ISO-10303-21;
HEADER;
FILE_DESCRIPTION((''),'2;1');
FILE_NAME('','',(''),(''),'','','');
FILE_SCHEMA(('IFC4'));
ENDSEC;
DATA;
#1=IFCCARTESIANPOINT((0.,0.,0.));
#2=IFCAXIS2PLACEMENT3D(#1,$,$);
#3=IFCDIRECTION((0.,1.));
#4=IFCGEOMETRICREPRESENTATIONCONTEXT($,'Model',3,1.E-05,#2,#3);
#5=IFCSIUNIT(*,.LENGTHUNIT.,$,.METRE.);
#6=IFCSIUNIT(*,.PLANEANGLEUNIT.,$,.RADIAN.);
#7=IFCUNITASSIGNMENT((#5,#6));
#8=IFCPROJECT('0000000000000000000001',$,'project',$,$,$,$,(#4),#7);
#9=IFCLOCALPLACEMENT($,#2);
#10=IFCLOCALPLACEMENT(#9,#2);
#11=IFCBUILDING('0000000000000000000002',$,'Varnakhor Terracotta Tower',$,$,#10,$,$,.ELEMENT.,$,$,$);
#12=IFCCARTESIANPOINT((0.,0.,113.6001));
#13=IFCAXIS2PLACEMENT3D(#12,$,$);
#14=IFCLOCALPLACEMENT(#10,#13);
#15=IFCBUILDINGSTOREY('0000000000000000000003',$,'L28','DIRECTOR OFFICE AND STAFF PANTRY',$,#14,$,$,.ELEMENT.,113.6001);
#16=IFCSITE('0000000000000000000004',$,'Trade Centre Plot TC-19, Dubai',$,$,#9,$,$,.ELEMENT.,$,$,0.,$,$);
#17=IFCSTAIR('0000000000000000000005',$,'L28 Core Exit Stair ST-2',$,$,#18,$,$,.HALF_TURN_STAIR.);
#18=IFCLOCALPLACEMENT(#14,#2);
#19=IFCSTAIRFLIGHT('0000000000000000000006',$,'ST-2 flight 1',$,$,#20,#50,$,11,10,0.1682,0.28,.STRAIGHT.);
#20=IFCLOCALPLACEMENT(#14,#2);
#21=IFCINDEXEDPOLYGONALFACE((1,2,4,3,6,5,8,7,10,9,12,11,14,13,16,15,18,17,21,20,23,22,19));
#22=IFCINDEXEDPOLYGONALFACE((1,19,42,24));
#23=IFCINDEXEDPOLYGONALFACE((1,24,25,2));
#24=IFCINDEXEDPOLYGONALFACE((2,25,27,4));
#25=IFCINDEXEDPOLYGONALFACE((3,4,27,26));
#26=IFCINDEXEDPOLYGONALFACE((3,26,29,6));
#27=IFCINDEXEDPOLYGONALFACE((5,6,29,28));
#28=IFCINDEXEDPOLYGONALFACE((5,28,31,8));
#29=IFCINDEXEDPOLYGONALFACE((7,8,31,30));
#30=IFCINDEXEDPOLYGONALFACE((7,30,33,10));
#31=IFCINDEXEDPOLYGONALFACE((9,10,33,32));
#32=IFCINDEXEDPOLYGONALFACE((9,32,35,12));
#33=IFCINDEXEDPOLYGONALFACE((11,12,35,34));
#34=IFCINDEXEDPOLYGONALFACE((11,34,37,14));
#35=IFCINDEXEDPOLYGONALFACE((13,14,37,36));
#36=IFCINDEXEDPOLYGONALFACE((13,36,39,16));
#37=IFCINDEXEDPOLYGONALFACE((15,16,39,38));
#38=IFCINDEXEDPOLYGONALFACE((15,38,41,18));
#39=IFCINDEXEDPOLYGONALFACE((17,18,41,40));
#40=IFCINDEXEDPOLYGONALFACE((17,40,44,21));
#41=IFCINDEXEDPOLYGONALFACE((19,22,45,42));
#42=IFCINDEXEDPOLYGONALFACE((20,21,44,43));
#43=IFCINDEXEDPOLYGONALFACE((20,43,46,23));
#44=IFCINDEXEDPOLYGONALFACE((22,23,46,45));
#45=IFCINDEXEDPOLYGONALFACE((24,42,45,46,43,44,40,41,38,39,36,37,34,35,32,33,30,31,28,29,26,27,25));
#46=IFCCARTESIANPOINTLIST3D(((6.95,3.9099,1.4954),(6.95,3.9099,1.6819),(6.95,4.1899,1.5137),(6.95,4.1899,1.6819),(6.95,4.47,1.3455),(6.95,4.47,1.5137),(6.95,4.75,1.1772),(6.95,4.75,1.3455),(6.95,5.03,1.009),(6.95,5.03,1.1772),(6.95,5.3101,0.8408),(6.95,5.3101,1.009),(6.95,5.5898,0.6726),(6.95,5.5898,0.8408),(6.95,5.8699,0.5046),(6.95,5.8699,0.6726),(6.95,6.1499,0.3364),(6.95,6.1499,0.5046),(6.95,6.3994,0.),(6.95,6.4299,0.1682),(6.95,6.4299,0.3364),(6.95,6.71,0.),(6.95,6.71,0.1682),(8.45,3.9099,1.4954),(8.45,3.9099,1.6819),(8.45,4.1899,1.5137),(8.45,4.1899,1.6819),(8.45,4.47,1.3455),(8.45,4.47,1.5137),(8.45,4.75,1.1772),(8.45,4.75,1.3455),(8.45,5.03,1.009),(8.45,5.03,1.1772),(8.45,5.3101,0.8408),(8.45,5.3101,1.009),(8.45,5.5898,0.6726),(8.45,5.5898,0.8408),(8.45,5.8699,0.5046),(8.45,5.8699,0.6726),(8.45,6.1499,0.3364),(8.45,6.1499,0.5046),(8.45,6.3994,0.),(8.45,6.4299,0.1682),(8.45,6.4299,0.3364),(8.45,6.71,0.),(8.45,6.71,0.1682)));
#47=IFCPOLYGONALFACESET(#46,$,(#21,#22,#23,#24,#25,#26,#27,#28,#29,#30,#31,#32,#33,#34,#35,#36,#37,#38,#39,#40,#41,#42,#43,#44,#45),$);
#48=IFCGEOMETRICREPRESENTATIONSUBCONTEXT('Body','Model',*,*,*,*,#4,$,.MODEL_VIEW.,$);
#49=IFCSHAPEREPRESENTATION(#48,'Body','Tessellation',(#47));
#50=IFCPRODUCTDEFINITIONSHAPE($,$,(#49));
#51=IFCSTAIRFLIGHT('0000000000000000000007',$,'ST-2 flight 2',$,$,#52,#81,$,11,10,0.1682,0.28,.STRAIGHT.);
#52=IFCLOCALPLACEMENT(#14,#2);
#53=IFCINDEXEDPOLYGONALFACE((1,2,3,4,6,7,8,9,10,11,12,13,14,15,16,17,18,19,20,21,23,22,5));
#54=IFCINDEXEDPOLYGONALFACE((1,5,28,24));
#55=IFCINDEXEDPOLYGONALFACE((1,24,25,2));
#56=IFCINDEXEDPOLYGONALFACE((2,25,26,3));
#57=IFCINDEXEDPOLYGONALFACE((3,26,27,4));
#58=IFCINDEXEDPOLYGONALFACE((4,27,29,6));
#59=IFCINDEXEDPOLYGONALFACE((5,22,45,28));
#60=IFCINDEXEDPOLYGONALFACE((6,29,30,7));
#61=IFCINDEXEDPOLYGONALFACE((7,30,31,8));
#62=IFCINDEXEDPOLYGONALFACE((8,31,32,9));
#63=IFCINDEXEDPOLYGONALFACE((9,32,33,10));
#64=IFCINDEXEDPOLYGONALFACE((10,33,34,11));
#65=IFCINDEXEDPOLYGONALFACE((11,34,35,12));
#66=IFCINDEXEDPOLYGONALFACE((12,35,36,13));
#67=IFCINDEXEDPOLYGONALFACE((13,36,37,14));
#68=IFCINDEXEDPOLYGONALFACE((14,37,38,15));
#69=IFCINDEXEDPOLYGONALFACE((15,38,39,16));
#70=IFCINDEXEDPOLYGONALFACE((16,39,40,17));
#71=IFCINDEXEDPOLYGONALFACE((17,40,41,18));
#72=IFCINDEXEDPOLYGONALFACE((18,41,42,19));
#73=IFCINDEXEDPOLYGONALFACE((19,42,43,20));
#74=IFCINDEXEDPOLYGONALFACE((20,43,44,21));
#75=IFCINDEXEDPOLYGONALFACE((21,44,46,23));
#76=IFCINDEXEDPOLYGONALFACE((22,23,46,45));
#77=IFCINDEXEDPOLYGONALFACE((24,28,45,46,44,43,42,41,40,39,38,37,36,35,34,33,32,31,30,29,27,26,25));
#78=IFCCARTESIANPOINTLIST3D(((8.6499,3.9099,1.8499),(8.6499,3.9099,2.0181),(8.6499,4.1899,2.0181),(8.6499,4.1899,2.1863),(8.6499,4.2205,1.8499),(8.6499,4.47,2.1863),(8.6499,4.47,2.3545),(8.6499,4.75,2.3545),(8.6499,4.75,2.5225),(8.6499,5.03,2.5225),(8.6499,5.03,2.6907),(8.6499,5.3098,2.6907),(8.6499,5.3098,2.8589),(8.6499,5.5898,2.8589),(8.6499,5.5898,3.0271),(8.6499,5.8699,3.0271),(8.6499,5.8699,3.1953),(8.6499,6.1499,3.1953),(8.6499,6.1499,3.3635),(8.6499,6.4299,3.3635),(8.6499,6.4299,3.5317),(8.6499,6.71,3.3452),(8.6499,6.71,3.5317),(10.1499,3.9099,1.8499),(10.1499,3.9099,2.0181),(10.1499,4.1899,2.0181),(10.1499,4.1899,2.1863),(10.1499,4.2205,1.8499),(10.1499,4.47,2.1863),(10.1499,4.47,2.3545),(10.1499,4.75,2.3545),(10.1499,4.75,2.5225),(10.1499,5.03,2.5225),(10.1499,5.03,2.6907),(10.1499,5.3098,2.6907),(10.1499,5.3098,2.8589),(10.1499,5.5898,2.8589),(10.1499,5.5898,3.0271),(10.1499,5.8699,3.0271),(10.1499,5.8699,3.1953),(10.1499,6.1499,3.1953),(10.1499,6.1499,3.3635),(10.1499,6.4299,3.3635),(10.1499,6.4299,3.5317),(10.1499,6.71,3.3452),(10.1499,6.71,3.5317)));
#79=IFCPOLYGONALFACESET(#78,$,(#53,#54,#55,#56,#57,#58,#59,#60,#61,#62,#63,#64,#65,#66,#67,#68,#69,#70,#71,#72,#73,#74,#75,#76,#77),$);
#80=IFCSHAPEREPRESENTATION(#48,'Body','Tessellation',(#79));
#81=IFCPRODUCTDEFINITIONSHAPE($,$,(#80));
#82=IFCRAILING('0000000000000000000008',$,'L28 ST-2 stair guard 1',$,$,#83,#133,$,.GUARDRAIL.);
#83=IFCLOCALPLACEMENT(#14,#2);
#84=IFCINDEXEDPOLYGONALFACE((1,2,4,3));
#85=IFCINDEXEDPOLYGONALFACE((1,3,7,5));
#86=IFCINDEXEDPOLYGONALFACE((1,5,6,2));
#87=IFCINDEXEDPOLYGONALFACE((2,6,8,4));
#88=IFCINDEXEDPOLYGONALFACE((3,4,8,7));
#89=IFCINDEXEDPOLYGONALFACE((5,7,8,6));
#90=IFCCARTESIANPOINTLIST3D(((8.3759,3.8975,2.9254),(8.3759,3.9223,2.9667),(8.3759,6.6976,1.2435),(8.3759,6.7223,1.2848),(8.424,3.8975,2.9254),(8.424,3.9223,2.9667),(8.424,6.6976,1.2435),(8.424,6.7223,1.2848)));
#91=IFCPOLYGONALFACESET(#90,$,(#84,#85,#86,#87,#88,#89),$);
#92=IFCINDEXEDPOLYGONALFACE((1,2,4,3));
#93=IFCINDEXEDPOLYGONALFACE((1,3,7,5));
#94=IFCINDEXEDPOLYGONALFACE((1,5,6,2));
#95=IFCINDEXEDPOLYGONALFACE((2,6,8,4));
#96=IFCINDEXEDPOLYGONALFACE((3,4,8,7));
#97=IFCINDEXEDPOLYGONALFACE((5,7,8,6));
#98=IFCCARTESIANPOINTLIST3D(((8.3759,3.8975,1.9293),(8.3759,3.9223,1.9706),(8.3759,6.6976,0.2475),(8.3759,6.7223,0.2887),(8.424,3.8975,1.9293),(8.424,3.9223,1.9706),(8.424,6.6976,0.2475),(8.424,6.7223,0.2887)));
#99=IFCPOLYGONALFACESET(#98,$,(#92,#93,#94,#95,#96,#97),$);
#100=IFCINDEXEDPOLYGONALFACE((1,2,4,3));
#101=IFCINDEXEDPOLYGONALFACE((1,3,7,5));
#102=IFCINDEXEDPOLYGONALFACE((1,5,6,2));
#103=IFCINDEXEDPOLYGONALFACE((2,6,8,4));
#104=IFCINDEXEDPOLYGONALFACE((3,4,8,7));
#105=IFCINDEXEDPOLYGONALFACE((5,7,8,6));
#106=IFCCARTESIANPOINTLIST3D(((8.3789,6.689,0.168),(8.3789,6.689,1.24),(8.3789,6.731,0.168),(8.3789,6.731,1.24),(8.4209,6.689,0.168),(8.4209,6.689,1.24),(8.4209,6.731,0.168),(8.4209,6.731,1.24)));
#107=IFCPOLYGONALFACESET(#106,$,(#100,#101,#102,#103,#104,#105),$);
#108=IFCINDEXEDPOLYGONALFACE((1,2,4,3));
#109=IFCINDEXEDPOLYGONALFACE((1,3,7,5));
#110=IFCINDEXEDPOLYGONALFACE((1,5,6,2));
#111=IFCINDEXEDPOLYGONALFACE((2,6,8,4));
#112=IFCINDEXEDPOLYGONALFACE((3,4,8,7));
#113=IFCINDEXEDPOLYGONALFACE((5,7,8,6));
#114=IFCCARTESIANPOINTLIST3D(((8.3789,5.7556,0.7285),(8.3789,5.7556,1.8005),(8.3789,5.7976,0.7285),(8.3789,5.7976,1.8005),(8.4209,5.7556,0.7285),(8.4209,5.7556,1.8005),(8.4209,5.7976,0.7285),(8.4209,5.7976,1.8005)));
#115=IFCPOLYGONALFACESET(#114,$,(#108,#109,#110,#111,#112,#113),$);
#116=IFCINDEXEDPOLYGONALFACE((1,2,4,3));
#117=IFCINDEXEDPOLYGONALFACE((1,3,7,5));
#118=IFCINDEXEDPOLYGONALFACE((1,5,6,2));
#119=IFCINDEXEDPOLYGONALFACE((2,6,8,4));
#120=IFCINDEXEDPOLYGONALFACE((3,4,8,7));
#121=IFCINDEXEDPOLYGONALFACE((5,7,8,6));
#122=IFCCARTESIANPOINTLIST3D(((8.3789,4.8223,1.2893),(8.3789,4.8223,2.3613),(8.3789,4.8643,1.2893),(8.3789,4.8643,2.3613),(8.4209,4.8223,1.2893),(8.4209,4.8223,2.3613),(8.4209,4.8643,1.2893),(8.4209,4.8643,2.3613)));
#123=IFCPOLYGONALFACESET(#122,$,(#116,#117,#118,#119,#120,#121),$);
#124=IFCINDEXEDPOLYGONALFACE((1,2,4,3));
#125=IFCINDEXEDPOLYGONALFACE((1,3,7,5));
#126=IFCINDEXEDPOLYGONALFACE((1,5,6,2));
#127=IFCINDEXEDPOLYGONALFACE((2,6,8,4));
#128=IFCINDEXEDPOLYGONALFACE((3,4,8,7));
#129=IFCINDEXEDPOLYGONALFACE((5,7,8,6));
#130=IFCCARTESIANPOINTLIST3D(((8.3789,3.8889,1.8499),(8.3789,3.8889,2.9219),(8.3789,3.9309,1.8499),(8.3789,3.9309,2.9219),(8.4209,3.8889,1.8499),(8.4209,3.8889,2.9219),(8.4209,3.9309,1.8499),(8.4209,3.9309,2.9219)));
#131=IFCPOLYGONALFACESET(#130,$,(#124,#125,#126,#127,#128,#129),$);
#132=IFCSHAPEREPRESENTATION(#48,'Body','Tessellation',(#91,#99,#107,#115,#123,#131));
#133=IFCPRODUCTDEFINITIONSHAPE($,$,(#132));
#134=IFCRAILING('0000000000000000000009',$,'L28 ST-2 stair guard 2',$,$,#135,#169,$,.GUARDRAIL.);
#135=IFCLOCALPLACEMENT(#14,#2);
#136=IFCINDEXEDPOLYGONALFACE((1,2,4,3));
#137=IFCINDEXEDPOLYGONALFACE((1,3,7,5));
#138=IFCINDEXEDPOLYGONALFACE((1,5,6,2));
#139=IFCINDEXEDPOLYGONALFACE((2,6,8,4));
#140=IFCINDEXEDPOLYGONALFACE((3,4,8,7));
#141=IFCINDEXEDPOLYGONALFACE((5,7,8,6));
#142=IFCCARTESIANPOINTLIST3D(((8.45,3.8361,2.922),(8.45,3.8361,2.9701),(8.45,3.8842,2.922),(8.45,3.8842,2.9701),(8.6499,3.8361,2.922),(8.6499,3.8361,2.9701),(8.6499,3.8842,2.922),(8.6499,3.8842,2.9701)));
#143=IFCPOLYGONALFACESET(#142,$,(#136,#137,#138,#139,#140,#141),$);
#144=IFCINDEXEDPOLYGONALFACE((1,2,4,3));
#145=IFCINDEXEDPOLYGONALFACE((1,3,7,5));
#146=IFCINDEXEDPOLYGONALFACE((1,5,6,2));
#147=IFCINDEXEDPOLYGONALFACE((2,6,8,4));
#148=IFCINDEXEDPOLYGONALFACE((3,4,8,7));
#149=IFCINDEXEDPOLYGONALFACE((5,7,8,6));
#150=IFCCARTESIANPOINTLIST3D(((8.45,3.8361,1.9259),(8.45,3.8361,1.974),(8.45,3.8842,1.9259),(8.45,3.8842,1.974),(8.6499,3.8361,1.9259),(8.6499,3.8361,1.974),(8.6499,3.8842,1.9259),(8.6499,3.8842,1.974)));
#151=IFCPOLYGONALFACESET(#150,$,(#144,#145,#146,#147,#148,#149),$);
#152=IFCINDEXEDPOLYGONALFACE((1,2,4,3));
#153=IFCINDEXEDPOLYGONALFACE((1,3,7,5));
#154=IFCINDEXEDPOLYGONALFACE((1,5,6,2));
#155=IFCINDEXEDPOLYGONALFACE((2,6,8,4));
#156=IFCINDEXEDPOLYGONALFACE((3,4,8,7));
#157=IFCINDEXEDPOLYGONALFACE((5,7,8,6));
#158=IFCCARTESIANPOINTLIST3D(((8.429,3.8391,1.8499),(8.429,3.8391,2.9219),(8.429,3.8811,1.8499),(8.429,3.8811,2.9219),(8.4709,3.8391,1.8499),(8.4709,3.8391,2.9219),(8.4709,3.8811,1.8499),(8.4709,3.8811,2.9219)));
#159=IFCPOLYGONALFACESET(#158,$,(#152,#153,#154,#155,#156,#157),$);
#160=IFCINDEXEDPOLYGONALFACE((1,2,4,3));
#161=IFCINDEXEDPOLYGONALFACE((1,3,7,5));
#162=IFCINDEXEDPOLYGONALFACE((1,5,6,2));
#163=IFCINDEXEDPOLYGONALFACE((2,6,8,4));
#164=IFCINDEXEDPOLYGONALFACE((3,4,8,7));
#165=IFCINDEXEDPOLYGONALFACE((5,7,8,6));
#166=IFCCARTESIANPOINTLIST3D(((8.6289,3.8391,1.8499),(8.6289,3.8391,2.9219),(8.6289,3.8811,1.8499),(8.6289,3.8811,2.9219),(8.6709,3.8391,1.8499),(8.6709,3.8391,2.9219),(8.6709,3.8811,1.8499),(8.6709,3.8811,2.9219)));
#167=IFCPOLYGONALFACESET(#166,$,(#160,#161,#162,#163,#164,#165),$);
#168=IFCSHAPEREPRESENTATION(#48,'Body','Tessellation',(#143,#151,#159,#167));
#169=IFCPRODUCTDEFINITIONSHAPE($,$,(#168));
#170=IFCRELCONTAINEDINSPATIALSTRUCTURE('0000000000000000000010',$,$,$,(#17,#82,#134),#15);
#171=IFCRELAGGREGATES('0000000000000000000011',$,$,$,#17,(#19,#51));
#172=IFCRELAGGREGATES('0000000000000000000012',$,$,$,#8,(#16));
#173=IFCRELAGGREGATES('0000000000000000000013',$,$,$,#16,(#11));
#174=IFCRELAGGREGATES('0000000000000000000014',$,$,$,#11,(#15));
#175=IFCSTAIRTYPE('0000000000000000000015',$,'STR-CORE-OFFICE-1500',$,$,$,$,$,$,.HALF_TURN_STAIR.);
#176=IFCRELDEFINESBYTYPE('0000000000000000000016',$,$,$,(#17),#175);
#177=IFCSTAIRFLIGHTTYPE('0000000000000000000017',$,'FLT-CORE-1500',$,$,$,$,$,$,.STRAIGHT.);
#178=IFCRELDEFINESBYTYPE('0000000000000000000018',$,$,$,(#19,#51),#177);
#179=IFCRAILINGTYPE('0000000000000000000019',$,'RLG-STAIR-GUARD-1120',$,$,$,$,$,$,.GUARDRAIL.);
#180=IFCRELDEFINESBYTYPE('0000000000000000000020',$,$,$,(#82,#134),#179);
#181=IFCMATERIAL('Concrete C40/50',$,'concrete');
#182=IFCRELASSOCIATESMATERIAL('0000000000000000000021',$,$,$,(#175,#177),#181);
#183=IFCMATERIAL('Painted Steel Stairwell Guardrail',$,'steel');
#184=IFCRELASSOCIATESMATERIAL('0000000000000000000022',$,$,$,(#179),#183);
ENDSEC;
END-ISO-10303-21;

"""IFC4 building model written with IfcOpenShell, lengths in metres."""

from ifc_helpers import new_model, si_unit, direction, frame, origin, origin_2d, place, context, subcontext, project, spatial, polyline, rectangle, outline, extrude, material, type_object, element, aggregate, save


model = new_model("IFC4")

# Units and contexts
model_context = context("Model", 3, precision=1e-05, world=origin(), true_north=direction((0.0, 1.0)))
body_context = subcontext(model_context, "Body", "Model", "MODEL_VIEW")
ifc_project = project(units=[si_unit("LENGTHUNIT", "METRE"), si_unit("PLANEANGLEUNIT", "RADIAN")], contexts=[model_context])

# Site, building, storey
site_placement = place(None, origin())
site = spatial("IfcSite", under=ifc_project, at=site_placement, Name="Trade Centre Plot TC-19, Dubai", CompositionType="ELEMENT", RefElevation=0.0)
building_placement = place(site_placement, origin())
building = spatial("IfcBuilding", under=site, at=building_placement, Name="Varnakhor Terracotta Tower", CompositionType="ELEMENT")
storey_placement = place(building_placement, frame((0.0, 0.0, 113.6001)))
storey = spatial("IfcBuildingStorey", under=building, at=storey_placement, Name="L28", Description="DIRECTOR OFFICE AND STAFF PANTRY", CompositionType="ELEMENT", Elevation=113.6001)

# Shared definitions
ifc_material_1 = material(Name="Concrete C40/50", Category="concrete")

# Stair, stair flights
stair_type = type_object("IfcStairType", Name="STR-CORE-OFFICE-1500", PredefinedType="HALF_TURN_STAIR", material=ifc_material_1)
stair_placement = place(storey_placement, origin())
stair = element("IfcStair", 1, at=stair_placement, inside=storey, type_object=stair_type, Name="L28 Core Exit Stair ST-2", PredefinedType="HALF_TURN_STAIR")
stair_flight_type = type_object("IfcStairFlightType", Name="FLT-CORE-1500", PredefinedType="STRAIGHT", material=ifc_material_1)
stair_flight_1_placement = place(storey_placement, frame((7.7, 6.71, 0.0), z_axis=(0.0, 0.0, 1.0), x_axis=(0.0, -1.0, 0.0)))
stair_flight_1 = element("IfcStairFlight", 2, at=stair_flight_1_placement, type_object=stair_flight_type, Name="ST-2 flight 1", NumberOfRisers=11, NumberOfTreads=10, PredefinedType="STRAIGHT", RiserHeight=0.1682, TreadLength=0.28, context=body_context, shape_type="SweptSolid", body=[
    extrude(outline(polyline([(0.0, 0.0), (0.0, 0.1682), (0.28, 0.1682), (0.28, 0.3364), (0.5601, 0.3364), (0.5601, 0.5046), (0.8401, 0.5046), (0.8401, 0.6726), (1.1201, 0.6726), (1.1201, 0.8408), (1.3999, 0.8408), (1.3999, 1.009), (1.6799, 1.009), (1.6799, 1.1772), (1.96, 1.1772), (1.96, 1.3455), (2.24, 1.3455), (2.24, 1.5137), (2.52, 1.5137), (2.52, 1.6819), (2.8, 1.6819), (2.8, 1.8501), (2.8, 1.4954), (0.3105, 0.0), (0.0, 0.0)])), frame((0.0, 0.75, 0.0), z_axis=(0.0, -1.0, 0.0), x_axis=(1.0, 0.0, 0.0)), (0.0, 0.0, 1.0), 1.5),
])
stair_flight_2_placement = place(storey_placement, frame((9.3999, 3.9099, 1.8499), z_axis=(0.0, 0.0, 1.0), x_axis=(0.0, 1.0, 0.0)))
stair_flight_2 = element("IfcStairFlight", 3, at=stair_flight_2_placement, type_object=stair_flight_type, Name="ST-2 flight 2", NumberOfRisers=11, NumberOfTreads=10, PredefinedType="STRAIGHT", RiserHeight=0.1682, TreadLength=0.28, context=body_context, shape_type="SweptSolid", body=[
    extrude(outline(polyline([(0.0, 0.0), (0.0, 0.1682), (0.28, 0.1682), (0.28, 0.3364), (0.5601, 0.3364), (0.5601, 0.5046), (0.8401, 0.5046), (0.8401, 0.6726), (1.1201, 0.6726), (1.1201, 0.8408), (1.3999, 0.8408), (1.3999, 1.009), (1.6799, 1.009), (1.6799, 1.1772), (1.96, 1.1772), (1.96, 1.3455), (2.24, 1.3455), (2.24, 1.5137), (2.52, 1.5137), (2.52, 1.6819), (2.8, 1.6819), (2.8, 1.8501), (2.8, 1.4954), (0.3105, 0.0), (0.0, 0.0)])), frame((0.0, 0.75, 0.0), z_axis=(0.0, -1.0, 0.0), x_axis=(1.0, 0.0, 0.0)), (0.0, 0.0, 1.0), 1.5),
])
aggregate(stair, [stair_flight_1, stair_flight_2])

# Railings
ifc_material_2 = material(Name="Painted Steel Stairwell Guardrail", Category="steel")
railing_type_1 = type_object("IfcRailingType", Name="RLG-STAIR-GUARD-1120", PredefinedType="GUARDRAIL", material=ifc_material_2)
railing_1_placement = place(storey_placement, frame((8.3999, 6.71, 0.168)))
element("IfcRailing", 4, at=railing_1_placement, inside=storey, type_object=railing_type_1, Name="L28 ST-2 stair guard 1", PredefinedType="GUARDRAIL", context=body_context, shape_type="SweptSolid", body=[
    extrude(rectangle(XDim=0.0481, YDim=0.0481, at=origin_2d()), frame((0.0, 0.0, 1.0962), z_axis=(0.0, -0.857242, 0.514913), x_axis=(1.0, 0.0, 0.0)), (0.0, 0.0, 1.0), 3.2664),
    extrude(rectangle(XDim=0.0481, YDim=0.0481, at=origin_2d()), frame((0.0, 0.0, 0.1001), z_axis=(0.0, -0.857242, 0.514913), x_axis=(1.0, 0.0, 0.0)), (0.0, 0.0, 1.0), 3.2664),
    extrude(rectangle(XDim=0.042, YDim=0.042, at=origin_2d()), origin(), (0.0, 0.0, 1.0), 1.072),
    extrude(rectangle(XDim=0.042, YDim=0.042, at=origin_2d()), frame((0.0, -0.9333, 0.5605)), (0.0, 0.0, 1.0), 1.072),
    extrude(rectangle(XDim=0.042, YDim=0.042, at=origin_2d()), frame((0.0, -1.8667, 1.1213)), (0.0, 0.0, 1.0), 1.072),
    extrude(rectangle(XDim=0.042, YDim=0.042, at=origin_2d()), frame((0.0, -2.8, 1.6819)), (0.0, 0.0, 1.0), 1.072),
])
railing_2_placement = place(storey_placement, frame((8.45, 3.8601, 1.8499)))
element("IfcRailing", 5, at=railing_2_placement, inside=storey, type_object=railing_type_1, Name="L28 ST-2 stair guard 2", PredefinedType="GUARDRAIL", context=body_context, shape_type="SweptSolid", body=[
    extrude(rectangle(XDim=0.0481, YDim=0.0481, at=origin_2d()), frame((0.0, 0.0, 1.0962), z_axis=(1.0, 0.0, 0.0), x_axis=(0.0, 1.0, 0.0)), (0.0, 0.0, 1.0), 0.2),
    extrude(rectangle(XDim=0.0481, YDim=0.0481, at=origin_2d()), frame((0.0, 0.0, 0.1001), z_axis=(1.0, 0.0, 0.0), x_axis=(0.0, 1.0, 0.0)), (0.0, 0.0, 1.0), 0.2),
    extrude(rectangle(XDim=0.042, YDim=0.042, at=origin_2d()), origin(), (0.0, 0.0, 1.0), 1.072),
    extrude(rectangle(XDim=0.042, YDim=0.042, at=origin_2d()), frame((0.2, 0.0, 0.0)), (0.0, 0.0, 1.0), 1.072),
])

save(model, "model.ifc")
